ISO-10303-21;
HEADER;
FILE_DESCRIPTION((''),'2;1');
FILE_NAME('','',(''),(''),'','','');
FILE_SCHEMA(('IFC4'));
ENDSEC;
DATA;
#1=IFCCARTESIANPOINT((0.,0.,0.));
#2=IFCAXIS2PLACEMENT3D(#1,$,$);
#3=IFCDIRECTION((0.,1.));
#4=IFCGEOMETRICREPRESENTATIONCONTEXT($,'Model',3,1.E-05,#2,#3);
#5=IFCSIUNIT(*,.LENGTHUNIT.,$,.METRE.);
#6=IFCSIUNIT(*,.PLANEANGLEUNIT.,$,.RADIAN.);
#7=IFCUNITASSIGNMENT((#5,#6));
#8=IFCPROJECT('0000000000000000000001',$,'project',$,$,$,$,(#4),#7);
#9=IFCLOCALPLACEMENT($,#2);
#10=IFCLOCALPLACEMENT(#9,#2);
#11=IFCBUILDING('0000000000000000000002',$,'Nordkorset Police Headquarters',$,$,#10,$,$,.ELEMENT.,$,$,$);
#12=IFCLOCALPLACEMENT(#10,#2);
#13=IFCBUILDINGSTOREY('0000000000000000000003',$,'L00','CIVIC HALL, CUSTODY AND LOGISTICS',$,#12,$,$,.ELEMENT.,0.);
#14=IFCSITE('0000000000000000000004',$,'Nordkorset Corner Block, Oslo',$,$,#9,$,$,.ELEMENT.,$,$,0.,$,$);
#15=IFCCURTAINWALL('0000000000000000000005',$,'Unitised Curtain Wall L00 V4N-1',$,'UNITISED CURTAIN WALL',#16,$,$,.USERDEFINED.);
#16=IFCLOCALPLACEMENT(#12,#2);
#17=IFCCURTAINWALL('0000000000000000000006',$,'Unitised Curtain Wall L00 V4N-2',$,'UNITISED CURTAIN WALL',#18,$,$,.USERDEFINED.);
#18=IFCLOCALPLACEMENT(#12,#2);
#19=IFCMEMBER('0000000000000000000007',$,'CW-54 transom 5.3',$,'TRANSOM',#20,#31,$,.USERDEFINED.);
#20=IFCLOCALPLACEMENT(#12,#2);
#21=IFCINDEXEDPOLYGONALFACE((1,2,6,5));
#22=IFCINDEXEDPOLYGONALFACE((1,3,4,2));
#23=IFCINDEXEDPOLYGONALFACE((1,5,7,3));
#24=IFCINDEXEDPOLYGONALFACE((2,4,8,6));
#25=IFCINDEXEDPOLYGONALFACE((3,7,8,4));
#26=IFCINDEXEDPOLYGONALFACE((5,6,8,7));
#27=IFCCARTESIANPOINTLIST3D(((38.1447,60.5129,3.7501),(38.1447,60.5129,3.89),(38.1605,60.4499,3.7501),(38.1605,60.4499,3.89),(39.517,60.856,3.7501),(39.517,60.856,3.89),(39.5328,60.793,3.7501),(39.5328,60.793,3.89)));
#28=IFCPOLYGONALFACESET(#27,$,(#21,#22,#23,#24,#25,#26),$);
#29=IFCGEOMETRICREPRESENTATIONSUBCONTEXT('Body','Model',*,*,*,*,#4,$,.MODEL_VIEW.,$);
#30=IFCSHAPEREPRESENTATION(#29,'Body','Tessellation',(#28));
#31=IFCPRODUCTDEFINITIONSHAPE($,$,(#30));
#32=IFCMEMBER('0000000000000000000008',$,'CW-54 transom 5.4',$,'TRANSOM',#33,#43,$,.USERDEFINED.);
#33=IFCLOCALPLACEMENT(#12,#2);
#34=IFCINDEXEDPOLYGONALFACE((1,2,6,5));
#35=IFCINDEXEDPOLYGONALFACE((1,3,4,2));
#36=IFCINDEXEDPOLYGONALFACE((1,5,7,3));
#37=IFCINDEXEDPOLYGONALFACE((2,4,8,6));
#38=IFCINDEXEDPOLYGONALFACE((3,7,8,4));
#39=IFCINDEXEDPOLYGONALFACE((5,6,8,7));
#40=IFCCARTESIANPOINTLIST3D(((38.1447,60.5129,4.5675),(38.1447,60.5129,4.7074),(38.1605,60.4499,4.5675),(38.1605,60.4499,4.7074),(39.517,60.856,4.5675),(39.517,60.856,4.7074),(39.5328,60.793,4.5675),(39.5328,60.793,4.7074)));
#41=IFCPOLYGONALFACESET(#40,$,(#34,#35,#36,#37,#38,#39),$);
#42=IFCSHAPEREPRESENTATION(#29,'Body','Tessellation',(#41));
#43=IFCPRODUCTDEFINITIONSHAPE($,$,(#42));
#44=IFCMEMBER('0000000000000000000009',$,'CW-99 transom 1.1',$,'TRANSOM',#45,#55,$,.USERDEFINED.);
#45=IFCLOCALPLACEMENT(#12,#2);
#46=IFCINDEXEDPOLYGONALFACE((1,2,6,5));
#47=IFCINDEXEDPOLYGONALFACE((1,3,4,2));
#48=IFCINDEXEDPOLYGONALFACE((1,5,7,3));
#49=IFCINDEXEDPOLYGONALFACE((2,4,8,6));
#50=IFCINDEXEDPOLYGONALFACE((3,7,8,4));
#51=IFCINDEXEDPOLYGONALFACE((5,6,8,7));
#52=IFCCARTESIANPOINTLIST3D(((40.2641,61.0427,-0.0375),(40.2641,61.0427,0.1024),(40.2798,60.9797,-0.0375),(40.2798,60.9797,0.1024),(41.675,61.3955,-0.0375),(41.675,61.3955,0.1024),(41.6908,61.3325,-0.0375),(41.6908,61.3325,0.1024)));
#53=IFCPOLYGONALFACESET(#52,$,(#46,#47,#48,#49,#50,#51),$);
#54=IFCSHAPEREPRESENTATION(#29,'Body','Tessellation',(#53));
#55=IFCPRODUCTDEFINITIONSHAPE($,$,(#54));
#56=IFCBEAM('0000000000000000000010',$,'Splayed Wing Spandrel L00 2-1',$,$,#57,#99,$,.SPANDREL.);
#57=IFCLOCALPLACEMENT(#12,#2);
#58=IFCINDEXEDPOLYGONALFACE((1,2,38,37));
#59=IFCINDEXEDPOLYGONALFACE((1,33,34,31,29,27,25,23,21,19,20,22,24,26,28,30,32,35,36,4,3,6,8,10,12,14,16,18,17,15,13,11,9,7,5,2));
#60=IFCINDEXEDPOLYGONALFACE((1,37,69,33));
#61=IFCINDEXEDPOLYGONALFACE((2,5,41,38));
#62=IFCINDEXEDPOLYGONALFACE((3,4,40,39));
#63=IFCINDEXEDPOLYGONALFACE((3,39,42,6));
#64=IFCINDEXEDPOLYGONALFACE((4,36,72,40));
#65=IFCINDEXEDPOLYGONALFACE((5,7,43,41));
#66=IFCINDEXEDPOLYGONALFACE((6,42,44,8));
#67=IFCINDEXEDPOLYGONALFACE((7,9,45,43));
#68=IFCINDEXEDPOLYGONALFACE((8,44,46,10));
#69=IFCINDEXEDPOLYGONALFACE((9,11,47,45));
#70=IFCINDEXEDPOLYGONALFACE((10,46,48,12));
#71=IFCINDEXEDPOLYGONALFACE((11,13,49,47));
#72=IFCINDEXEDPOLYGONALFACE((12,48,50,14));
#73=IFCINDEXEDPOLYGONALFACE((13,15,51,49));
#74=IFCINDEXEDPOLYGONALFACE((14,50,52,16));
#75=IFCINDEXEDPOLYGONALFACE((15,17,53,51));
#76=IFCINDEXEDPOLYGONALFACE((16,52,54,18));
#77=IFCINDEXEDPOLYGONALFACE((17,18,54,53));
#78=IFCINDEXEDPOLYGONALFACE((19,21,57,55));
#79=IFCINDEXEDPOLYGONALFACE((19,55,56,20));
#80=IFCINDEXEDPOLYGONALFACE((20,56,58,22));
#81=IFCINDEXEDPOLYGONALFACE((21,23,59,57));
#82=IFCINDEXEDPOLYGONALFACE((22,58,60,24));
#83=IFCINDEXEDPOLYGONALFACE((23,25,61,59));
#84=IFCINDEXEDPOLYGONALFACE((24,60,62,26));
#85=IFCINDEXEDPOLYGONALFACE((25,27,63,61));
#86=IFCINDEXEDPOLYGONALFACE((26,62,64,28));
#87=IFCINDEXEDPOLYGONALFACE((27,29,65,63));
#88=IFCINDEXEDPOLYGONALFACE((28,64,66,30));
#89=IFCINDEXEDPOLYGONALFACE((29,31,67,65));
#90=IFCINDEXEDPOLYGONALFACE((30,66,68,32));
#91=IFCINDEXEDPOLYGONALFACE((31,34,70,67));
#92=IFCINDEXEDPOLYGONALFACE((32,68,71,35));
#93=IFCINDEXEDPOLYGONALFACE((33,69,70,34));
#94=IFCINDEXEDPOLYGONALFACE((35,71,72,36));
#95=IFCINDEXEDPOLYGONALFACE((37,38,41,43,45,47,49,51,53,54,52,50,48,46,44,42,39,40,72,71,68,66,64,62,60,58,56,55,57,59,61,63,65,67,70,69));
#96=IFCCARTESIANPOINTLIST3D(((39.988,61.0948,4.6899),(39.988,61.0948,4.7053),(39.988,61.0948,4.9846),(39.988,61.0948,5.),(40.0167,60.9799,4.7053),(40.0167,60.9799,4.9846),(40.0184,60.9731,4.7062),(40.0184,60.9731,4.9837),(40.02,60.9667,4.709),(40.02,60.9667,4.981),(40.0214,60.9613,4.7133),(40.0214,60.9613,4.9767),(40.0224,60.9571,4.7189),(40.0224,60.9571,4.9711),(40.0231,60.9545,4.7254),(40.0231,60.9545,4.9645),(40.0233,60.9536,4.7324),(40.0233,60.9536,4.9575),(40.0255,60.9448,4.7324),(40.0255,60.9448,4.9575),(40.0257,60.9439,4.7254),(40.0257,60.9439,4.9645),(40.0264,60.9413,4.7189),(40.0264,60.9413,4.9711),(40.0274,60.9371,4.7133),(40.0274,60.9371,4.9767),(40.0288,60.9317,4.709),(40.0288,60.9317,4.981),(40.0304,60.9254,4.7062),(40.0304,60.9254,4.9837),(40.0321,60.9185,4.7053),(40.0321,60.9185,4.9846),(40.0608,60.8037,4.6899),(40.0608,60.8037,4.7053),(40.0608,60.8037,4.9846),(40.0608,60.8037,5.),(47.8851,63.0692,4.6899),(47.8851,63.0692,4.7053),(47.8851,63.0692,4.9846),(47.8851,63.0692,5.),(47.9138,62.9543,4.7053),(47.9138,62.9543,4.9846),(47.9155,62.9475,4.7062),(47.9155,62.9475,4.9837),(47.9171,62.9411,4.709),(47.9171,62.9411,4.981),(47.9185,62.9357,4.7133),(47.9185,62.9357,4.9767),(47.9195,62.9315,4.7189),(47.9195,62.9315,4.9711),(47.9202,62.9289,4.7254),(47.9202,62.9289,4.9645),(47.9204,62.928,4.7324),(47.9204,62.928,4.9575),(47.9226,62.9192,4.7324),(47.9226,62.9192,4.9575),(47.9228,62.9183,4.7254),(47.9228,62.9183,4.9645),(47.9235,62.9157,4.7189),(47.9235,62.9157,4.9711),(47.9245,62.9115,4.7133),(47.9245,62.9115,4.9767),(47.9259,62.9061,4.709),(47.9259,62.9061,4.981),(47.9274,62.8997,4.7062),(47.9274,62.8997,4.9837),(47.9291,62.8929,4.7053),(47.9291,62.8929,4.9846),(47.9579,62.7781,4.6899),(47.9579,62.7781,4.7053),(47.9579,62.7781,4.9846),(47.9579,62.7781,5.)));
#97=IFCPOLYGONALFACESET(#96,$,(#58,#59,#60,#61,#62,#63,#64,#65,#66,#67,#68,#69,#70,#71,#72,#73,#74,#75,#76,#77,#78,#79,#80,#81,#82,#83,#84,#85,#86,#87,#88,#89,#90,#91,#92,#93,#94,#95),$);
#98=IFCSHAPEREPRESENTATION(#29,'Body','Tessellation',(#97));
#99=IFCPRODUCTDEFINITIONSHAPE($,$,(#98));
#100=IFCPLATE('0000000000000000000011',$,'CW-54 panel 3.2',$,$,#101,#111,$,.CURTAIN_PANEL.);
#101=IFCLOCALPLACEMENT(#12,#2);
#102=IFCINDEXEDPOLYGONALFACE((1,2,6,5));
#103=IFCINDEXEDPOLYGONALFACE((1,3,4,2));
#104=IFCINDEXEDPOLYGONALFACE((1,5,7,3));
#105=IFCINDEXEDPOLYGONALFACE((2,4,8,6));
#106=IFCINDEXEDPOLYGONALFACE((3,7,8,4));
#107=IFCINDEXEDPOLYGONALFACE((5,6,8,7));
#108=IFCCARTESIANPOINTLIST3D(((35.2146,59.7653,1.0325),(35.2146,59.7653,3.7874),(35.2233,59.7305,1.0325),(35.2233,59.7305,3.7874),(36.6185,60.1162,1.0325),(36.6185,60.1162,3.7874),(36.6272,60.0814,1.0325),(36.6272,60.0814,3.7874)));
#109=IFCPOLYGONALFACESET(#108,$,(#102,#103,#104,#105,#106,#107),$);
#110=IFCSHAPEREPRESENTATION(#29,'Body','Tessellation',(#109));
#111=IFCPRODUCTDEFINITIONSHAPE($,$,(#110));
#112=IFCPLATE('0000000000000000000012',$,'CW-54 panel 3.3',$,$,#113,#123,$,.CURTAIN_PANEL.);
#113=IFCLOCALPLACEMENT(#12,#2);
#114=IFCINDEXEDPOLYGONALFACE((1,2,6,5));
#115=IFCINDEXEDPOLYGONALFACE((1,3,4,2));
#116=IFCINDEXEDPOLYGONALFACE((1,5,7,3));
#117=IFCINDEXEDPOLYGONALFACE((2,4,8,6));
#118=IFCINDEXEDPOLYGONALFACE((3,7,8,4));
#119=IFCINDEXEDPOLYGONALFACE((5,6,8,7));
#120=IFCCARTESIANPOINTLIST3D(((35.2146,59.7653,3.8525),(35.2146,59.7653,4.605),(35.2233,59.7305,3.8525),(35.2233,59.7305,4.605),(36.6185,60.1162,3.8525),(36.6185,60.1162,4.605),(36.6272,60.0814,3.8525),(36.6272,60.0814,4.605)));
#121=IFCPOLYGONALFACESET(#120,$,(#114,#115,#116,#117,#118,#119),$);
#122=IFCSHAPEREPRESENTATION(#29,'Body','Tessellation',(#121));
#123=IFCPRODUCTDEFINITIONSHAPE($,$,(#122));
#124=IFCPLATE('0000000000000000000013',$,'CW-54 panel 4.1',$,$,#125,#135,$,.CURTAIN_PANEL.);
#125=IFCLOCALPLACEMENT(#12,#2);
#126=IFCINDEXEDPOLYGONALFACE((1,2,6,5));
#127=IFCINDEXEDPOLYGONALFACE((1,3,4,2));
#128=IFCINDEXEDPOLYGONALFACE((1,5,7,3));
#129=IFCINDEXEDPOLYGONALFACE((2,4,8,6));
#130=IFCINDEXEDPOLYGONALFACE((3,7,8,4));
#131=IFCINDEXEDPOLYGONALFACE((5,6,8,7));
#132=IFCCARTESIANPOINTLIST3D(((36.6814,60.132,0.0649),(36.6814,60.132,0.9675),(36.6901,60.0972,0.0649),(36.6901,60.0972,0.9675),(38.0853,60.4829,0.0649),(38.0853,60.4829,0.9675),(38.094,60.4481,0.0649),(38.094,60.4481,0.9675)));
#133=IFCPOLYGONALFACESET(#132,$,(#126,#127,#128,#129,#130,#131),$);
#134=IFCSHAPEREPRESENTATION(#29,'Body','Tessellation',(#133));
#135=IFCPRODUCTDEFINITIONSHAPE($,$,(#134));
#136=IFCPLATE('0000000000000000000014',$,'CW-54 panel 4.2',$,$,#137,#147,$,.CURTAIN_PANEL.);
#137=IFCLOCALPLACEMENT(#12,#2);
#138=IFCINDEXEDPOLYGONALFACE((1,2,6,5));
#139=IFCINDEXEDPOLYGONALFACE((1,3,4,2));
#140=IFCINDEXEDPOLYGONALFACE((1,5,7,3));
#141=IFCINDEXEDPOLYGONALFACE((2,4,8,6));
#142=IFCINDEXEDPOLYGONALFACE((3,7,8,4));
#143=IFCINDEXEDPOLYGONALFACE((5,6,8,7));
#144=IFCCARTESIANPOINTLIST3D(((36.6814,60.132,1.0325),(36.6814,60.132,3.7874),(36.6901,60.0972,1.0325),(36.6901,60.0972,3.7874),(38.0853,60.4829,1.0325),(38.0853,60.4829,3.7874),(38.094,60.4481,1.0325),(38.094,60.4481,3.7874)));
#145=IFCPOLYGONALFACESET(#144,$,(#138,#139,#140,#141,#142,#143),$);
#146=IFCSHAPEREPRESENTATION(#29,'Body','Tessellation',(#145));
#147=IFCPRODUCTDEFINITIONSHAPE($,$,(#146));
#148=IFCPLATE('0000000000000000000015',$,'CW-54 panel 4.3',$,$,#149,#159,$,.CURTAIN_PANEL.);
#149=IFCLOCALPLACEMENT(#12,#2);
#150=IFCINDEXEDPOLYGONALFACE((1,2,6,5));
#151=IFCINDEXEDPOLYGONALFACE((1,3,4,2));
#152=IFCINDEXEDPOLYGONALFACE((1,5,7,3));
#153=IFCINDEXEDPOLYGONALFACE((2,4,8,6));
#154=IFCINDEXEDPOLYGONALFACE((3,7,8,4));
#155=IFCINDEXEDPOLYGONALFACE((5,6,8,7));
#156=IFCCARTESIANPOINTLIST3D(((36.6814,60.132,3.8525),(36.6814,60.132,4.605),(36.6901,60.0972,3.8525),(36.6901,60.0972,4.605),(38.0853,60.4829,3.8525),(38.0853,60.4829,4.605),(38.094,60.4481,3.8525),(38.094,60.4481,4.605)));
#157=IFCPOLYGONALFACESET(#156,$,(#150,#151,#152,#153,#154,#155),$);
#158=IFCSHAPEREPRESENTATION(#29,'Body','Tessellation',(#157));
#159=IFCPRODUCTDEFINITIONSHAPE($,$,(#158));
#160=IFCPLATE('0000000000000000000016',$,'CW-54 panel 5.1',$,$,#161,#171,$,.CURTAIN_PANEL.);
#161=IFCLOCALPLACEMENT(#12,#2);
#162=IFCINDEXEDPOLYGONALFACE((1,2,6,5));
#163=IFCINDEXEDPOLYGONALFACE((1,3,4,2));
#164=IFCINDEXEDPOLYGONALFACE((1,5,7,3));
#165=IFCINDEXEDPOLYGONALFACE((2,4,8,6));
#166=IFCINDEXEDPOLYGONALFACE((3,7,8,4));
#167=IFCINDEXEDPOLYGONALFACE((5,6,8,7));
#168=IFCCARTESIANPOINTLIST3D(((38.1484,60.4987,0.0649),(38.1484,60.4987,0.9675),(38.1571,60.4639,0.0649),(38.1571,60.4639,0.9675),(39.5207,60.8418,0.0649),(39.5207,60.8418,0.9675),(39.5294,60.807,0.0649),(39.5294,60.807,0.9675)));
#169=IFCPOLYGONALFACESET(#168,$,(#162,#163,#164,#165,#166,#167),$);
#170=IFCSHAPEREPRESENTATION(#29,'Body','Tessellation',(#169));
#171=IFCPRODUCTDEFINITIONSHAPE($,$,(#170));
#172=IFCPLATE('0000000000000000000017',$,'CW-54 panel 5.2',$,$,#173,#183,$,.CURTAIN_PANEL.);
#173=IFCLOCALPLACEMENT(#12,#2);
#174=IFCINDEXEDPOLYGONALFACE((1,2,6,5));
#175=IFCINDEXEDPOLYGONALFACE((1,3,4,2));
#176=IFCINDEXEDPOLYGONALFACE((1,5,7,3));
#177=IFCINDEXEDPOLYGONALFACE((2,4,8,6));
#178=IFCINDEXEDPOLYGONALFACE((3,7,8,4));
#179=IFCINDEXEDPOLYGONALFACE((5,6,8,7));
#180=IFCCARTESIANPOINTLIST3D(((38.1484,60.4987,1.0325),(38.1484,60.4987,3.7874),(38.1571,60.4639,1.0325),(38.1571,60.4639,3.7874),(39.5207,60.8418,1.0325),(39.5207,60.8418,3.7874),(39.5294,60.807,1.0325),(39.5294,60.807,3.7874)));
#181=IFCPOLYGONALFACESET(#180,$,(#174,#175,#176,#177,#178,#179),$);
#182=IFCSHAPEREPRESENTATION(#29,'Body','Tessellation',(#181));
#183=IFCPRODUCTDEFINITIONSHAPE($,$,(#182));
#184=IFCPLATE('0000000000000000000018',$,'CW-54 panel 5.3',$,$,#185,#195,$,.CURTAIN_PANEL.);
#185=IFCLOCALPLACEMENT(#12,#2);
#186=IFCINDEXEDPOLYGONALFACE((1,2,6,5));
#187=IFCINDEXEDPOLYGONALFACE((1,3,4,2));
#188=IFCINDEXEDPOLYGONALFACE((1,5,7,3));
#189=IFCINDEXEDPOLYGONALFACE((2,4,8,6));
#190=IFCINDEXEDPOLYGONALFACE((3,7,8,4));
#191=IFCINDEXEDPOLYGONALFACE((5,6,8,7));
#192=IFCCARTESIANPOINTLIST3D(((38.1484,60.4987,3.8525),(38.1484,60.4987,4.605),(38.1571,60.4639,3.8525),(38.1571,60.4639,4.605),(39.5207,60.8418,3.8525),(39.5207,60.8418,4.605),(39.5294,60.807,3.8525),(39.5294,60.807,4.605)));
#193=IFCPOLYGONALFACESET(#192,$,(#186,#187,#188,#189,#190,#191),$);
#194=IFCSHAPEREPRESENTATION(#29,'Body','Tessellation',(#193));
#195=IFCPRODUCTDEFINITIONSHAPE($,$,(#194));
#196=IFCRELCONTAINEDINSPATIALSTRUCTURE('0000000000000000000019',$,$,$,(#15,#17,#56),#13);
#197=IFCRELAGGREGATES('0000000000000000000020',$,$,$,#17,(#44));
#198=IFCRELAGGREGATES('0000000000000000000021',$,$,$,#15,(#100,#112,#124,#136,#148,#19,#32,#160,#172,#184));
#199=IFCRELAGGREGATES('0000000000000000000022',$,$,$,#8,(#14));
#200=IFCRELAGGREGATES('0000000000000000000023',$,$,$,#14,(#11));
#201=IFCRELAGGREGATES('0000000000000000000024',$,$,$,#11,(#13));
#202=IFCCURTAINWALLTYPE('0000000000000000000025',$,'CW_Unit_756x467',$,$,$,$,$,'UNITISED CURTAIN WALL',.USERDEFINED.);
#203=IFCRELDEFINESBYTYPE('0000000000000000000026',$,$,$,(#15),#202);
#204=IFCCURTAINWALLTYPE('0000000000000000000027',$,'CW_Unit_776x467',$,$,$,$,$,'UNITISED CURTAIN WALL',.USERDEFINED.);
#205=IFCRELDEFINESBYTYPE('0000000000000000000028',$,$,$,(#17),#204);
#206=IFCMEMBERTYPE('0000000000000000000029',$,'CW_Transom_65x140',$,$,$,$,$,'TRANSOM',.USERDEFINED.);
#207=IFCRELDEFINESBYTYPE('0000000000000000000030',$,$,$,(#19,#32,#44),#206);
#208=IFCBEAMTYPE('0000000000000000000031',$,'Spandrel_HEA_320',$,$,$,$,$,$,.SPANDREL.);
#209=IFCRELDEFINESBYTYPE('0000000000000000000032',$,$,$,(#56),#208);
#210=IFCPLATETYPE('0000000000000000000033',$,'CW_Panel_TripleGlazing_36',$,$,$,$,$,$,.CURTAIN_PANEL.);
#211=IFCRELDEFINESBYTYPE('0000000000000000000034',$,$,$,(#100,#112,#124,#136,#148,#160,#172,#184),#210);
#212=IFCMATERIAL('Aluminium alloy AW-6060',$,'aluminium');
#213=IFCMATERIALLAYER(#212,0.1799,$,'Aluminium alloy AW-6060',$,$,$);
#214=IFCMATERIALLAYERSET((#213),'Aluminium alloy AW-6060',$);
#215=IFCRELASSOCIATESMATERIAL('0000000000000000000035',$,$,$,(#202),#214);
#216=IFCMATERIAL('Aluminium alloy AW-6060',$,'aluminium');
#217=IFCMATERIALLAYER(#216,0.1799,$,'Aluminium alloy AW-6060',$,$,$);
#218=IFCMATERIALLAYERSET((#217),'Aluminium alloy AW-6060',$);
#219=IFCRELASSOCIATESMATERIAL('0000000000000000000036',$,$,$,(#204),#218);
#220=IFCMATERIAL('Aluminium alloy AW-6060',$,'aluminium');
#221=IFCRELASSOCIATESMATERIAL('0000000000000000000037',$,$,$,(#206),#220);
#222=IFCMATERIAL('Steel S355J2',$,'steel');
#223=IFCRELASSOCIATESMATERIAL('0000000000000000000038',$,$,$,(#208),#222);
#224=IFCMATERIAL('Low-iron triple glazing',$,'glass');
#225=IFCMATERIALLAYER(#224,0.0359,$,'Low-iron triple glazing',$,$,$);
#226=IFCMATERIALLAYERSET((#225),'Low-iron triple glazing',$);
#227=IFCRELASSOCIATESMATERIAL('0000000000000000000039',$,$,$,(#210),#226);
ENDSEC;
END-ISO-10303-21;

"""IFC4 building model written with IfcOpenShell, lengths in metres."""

from ifc_helpers import new_model, si_unit, direction, frame, origin, origin_2d, place, context, subcontext, project, spatial, rectangle, i_section, extrude, material, layer, layer_set, material_profile, profile_set, type_object, element, aggregate, save


model = new_model("IFC4")

# Units and contexts
model_context = context("Model", 3, precision=1e-05, world=origin(), true_north=direction((0.0, 1.0)))
body_context = subcontext(model_context, "Body", "Model", "MODEL_VIEW")
ifc_project = project(units=[si_unit("LENGTHUNIT", "METRE"), si_unit("PLANEANGLEUNIT", "RADIAN")], contexts=[model_context])

# Site, building, storey
site_placement = place(None, origin())
site = spatial("IfcSite", under=ifc_project, at=site_placement, Name="Nordkorset Corner Block, Oslo", CompositionType="ELEMENT", RefElevation=0.0)
building_placement = place(site_placement, origin())
building = spatial("IfcBuilding", under=site, at=building_placement, Name="Nordkorset Police Headquarters", CompositionType="ELEMENT")
storey_placement = place(building_placement, origin())
storey = spatial("IfcBuildingStorey", under=building, at=storey_placement, Name="L00", Description="CIVIC HALL, CUSTODY AND LOGISTICS", CompositionType="ELEMENT", Elevation=0.0)

# Curtain wall
ifc_material_1 = material(Name="Aluminium alloy AW-6060", Category="aluminium")
ifc_layer_1 = layer(ifc_material_1, 0.1799, Name="Aluminium alloy AW-6060")
ifc_layer_set_1 = layer_set([ifc_layer_1], Name="Aluminium alloy AW-6060")
curtain_wall_type_1 = type_object("IfcCurtainWallType", Name="CW_Unit_756x467", ElementType="UNITISED CURTAIN WALL", PredefinedType="USERDEFINED", material=ifc_layer_set_1)
curtain_wall_1_placement = place(storey_placement, origin())
curtain_wall_1 = element("IfcCurtainWall", 1, at=curtain_wall_1_placement, inside=storey, type_object=curtain_wall_type_1, Name="Unitised Curtain Wall L00 V4N-1", ObjectType="UNITISED CURTAIN WALL", PredefinedType="USERDEFINED")

# Curtain wall
ifc_material_2 = material(Name="Aluminium alloy AW-6060", Category="aluminium")
ifc_layer_2 = layer(ifc_material_2, 0.1799, Name="Aluminium alloy AW-6060")
ifc_layer_set_2 = layer_set([ifc_layer_2], Name="Aluminium alloy AW-6060")
curtain_wall_type_2 = type_object("IfcCurtainWallType", Name="CW_Unit_776x467", ElementType="UNITISED CURTAIN WALL", PredefinedType="USERDEFINED", material=ifc_layer_set_2)
curtain_wall_2_placement = place(storey_placement, origin())
curtain_wall_2 = element("IfcCurtainWall", 2, at=curtain_wall_2_placement, inside=storey, type_object=curtain_wall_type_2, Name="Unitised Curtain Wall L00 V4N-2", ObjectType="UNITISED CURTAIN WALL", PredefinedType="USERDEFINED")

# Members
ifc_material_3 = material(Name="Aluminium alloy AW-6060", Category="aluminium")
ifc_material_profile_1 = material_profile(ifc_material_3, rectangle(XDim=0.0649, YDim=0.1399, at=origin_2d()), Name="ALU TRAN 65x140")
ifc_profile_set_1 = profile_set([ifc_material_profile_1], Name="Aluminium alloy AW-6060")
member_type_1 = type_object("IfcMemberType", Name="CW_Transom_65x140", ElementType="TRANSOM", PredefinedType="USERDEFINED", material=ifc_profile_set_1)
member_1_placement = place(storey_placement, frame((38.1526, 60.4814, 3.8201), z_axis=(0.970153, 0.242495, 0.0), x_axis=(-0.242495, 0.970153, 0.0)))
member_1 = element("IfcMember", 3, at=member_1_placement, type_object=member_type_1, Name="CW-54 transom 5.3", ObjectType="TRANSOM", PredefinedType="USERDEFINED", context=body_context, shape_type="SweptSolid", body=[
    extrude(rectangle(XDim=0.0649, YDim=0.1399, at=origin_2d()), origin(), (0.0, 0.0, 1.0), 1.4146),
])
member_2_placement = place(storey_placement, frame((38.1526, 60.4814, 4.6375), z_axis=(0.970153, 0.242495, 0.0), x_axis=(-0.242495, 0.970153, 0.0)))
member_2 = element("IfcMember", 4, at=member_2_placement, type_object=member_type_1, Name="CW-54 transom 5.4", ObjectType="TRANSOM", PredefinedType="USERDEFINED", context=body_context, shape_type="SweptSolid", body=[
    extrude(rectangle(XDim=0.0649, YDim=0.1399, at=origin_2d()), origin(), (0.0, 0.0, 1.0), 1.4146),
])
member_3_placement = place(storey_placement, frame((40.272, 61.0112, 0.0325), z_axis=(0.970133, 0.242575, 0.0), x_axis=(-0.242575, 0.970133, 0.0)))
member_3 = element("IfcMember", 5, at=member_3_placement, type_object=member_type_1, Name="CW-99 transom 1.1", ObjectType="TRANSOM", PredefinedType="USERDEFINED", context=body_context, shape_type="SweptSolid", body=[
    extrude(rectangle(XDim=0.0649, YDim=0.1399, at=origin_2d()), origin(), (0.0, 0.0, 1.0), 1.4543),
])
aggregate(curtain_wall_2, [member_3])

# Beam
ifc_material_4 = material(Name="Steel S355J2", Category="steel")
ifc_material_profile_2 = material_profile(ifc_material_4, i_section(OverallWidth=0.3, OverallDepth=0.3101, WebThickness=0.009, FlangeThickness=0.0154, FilletRadius=0.0271, at=origin_2d()), Name="HEA 320")
ifc_profile_set_2 = profile_set([ifc_material_profile_2], Name="Steel S355J2")
beam_type = type_object("IfcBeamType", Name="Spandrel_HEA_320", PredefinedType="SPANDREL", material=ifc_profile_set_2)
beam_placement = place(storey_placement, frame((40.0244, 60.9492, 4.845), z_axis=(0.970139, 0.24255, 0.0), x_axis=(-0.24255, 0.970139, 0.0)))
element("IfcBeam", 6, at=beam_placement, inside=storey, type_object=beam_type, Name="Splayed Wing Spandrel L00 2-1", PredefinedType="SPANDREL", context=body_context, shape_type="SweptSolid", body=[
    extrude(i_section(OverallWidth=0.3, OverallDepth=0.3101, WebThickness=0.009, FlangeThickness=0.0154, FilletRadius=0.0271, at=origin_2d()), origin(), (0.0, 0.0, 1.0), 8.1401),
])

# Plates
ifc_material_5 = material(Name="Low-iron triple glazing", Category="glass")
ifc_layer_3 = layer(ifc_material_5, 0.0359, Name="Low-iron triple glazing")
ifc_layer_set_3 = layer_set([ifc_layer_3], Name="Low-iron triple glazing")
plate_type = type_object("IfcPlateType", Name="CW_Panel_TripleGlazing_36", PredefinedType="CURTAIN_PANEL", material=ifc_layer_set_3)
plate_1_placement = place(storey_placement, frame((35.9209, 59.9233, 1.0325), z_axis=(0.0, 0.0, 1.0), x_axis=(0.970143, 0.242536, 0.0)))
plate_1 = element("IfcPlate", 7, at=plate_1_placement, type_object=plate_type, Name="CW-54 panel 3.2", PredefinedType="CURTAIN_PANEL", context=body_context, shape_type="SweptSolid", body=[
    extrude(rectangle(XDim=1.447, YDim=0.0359, at=origin_2d()), origin(), (0.0, 0.0, 1.0), 2.7549),
])
plate_2_placement = place(storey_placement, frame((35.9209, 59.9233, 3.8525), z_axis=(0.0, 0.0, 1.0), x_axis=(0.970143, 0.242536, 0.0)))
plate_2 = element("IfcPlate", 8, at=plate_2_placement, type_object=plate_type, Name="CW-54 panel 3.3", PredefinedType="CURTAIN_PANEL", context=body_context, shape_type="SweptSolid", body=[
    extrude(rectangle(XDim=1.447, YDim=0.0359, at=origin_2d()), origin(), (0.0, 0.0, 1.0), 0.7524),
])
plate_3_placement = place(storey_placement, frame((37.3877, 60.29, 0.0649), z_axis=(0.0, 0.0, 1.0), x_axis=(0.970143, 0.242536, 0.0)))
plate_3 = element("IfcPlate", 9, at=plate_3_placement, type_object=plate_type, Name="CW-54 panel 4.1", PredefinedType="CURTAIN_PANEL", context=body_context, shape_type="SweptSolid", body=[
    extrude(rectangle(XDim=1.447, YDim=0.0359, at=origin_2d()), origin(), (0.0, 0.0, 1.0), 0.9026),
])
plate_4_placement = place(storey_placement, frame((37.3877, 60.29, 1.0325), z_axis=(0.0, 0.0, 1.0), x_axis=(0.970143, 0.242536, 0.0)))
plate_4 = element("IfcPlate", 10, at=plate_4_placement, type_object=plate_type, Name="CW-54 panel 4.2", PredefinedType="CURTAIN_PANEL", context=body_context, shape_type="SweptSolid", body=[
    extrude(rectangle(XDim=1.447, YDim=0.0359, at=origin_2d()), origin(), (0.0, 0.0, 1.0), 2.7549),
])
plate_5_placement = place(storey_placement, frame((37.3877, 60.29, 3.8525), z_axis=(0.0, 0.0, 1.0), x_axis=(0.970143, 0.242536, 0.0)))
plate_5 = element("IfcPlate", 11, at=plate_5_placement, type_object=plate_type, Name="CW-54 panel 4.3", PredefinedType="CURTAIN_PANEL", context=body_context, shape_type="SweptSolid", body=[
    extrude(rectangle(XDim=1.447, YDim=0.0359, at=origin_2d()), origin(), (0.0, 0.0, 1.0), 0.7524),
])
plate_6_placement = place(storey_placement, frame((38.8389, 60.6528, 0.0649), z_axis=(0.0, 0.0, 1.0), x_axis=(0.970143, 0.242536, 0.0)))
plate_6 = element("IfcPlate", 12, at=plate_6_placement, type_object=plate_type, Name="CW-54 panel 5.1", PredefinedType="CURTAIN_PANEL", context=body_context, shape_type="SweptSolid", body=[
    extrude(rectangle(XDim=1.4146, YDim=0.0359, at=origin_2d()), origin(), (0.0, 0.0, 1.0), 0.9026),
])
plate_7_placement = place(storey_placement, frame((38.8389, 60.6528, 1.0325), z_axis=(0.0, 0.0, 1.0), x_axis=(0.970143, 0.242536, 0.0)))
plate_7 = element("IfcPlate", 13, at=plate_7_placement, type_object=plate_type, Name="CW-54 panel 5.2", PredefinedType="CURTAIN_PANEL", context=body_context, shape_type="SweptSolid", body=[
    extrude(rectangle(XDim=1.4146, YDim=0.0359, at=origin_2d()), origin(), (0.0, 0.0, 1.0), 2.7549),
])
plate_8_placement = place(storey_placement, frame((38.8389, 60.6528, 3.8525), z_axis=(0.0, 0.0, 1.0), x_axis=(0.970143, 0.242536, 0.0)))
plate_8 = element("IfcPlate", 14, at=plate_8_placement, type_object=plate_type, Name="CW-54 panel 5.3", PredefinedType="CURTAIN_PANEL", context=body_context, shape_type="SweptSolid", body=[
    extrude(rectangle(XDim=1.4146, YDim=0.0359, at=origin_2d()), origin(), (0.0, 0.0, 1.0), 0.7524),
])
aggregate(curtain_wall_1, [plate_1, plate_2, plate_3, plate_4, plate_5, member_1, member_2, plate_6, plate_7, plate_8])

save(model, "model.ifc")
